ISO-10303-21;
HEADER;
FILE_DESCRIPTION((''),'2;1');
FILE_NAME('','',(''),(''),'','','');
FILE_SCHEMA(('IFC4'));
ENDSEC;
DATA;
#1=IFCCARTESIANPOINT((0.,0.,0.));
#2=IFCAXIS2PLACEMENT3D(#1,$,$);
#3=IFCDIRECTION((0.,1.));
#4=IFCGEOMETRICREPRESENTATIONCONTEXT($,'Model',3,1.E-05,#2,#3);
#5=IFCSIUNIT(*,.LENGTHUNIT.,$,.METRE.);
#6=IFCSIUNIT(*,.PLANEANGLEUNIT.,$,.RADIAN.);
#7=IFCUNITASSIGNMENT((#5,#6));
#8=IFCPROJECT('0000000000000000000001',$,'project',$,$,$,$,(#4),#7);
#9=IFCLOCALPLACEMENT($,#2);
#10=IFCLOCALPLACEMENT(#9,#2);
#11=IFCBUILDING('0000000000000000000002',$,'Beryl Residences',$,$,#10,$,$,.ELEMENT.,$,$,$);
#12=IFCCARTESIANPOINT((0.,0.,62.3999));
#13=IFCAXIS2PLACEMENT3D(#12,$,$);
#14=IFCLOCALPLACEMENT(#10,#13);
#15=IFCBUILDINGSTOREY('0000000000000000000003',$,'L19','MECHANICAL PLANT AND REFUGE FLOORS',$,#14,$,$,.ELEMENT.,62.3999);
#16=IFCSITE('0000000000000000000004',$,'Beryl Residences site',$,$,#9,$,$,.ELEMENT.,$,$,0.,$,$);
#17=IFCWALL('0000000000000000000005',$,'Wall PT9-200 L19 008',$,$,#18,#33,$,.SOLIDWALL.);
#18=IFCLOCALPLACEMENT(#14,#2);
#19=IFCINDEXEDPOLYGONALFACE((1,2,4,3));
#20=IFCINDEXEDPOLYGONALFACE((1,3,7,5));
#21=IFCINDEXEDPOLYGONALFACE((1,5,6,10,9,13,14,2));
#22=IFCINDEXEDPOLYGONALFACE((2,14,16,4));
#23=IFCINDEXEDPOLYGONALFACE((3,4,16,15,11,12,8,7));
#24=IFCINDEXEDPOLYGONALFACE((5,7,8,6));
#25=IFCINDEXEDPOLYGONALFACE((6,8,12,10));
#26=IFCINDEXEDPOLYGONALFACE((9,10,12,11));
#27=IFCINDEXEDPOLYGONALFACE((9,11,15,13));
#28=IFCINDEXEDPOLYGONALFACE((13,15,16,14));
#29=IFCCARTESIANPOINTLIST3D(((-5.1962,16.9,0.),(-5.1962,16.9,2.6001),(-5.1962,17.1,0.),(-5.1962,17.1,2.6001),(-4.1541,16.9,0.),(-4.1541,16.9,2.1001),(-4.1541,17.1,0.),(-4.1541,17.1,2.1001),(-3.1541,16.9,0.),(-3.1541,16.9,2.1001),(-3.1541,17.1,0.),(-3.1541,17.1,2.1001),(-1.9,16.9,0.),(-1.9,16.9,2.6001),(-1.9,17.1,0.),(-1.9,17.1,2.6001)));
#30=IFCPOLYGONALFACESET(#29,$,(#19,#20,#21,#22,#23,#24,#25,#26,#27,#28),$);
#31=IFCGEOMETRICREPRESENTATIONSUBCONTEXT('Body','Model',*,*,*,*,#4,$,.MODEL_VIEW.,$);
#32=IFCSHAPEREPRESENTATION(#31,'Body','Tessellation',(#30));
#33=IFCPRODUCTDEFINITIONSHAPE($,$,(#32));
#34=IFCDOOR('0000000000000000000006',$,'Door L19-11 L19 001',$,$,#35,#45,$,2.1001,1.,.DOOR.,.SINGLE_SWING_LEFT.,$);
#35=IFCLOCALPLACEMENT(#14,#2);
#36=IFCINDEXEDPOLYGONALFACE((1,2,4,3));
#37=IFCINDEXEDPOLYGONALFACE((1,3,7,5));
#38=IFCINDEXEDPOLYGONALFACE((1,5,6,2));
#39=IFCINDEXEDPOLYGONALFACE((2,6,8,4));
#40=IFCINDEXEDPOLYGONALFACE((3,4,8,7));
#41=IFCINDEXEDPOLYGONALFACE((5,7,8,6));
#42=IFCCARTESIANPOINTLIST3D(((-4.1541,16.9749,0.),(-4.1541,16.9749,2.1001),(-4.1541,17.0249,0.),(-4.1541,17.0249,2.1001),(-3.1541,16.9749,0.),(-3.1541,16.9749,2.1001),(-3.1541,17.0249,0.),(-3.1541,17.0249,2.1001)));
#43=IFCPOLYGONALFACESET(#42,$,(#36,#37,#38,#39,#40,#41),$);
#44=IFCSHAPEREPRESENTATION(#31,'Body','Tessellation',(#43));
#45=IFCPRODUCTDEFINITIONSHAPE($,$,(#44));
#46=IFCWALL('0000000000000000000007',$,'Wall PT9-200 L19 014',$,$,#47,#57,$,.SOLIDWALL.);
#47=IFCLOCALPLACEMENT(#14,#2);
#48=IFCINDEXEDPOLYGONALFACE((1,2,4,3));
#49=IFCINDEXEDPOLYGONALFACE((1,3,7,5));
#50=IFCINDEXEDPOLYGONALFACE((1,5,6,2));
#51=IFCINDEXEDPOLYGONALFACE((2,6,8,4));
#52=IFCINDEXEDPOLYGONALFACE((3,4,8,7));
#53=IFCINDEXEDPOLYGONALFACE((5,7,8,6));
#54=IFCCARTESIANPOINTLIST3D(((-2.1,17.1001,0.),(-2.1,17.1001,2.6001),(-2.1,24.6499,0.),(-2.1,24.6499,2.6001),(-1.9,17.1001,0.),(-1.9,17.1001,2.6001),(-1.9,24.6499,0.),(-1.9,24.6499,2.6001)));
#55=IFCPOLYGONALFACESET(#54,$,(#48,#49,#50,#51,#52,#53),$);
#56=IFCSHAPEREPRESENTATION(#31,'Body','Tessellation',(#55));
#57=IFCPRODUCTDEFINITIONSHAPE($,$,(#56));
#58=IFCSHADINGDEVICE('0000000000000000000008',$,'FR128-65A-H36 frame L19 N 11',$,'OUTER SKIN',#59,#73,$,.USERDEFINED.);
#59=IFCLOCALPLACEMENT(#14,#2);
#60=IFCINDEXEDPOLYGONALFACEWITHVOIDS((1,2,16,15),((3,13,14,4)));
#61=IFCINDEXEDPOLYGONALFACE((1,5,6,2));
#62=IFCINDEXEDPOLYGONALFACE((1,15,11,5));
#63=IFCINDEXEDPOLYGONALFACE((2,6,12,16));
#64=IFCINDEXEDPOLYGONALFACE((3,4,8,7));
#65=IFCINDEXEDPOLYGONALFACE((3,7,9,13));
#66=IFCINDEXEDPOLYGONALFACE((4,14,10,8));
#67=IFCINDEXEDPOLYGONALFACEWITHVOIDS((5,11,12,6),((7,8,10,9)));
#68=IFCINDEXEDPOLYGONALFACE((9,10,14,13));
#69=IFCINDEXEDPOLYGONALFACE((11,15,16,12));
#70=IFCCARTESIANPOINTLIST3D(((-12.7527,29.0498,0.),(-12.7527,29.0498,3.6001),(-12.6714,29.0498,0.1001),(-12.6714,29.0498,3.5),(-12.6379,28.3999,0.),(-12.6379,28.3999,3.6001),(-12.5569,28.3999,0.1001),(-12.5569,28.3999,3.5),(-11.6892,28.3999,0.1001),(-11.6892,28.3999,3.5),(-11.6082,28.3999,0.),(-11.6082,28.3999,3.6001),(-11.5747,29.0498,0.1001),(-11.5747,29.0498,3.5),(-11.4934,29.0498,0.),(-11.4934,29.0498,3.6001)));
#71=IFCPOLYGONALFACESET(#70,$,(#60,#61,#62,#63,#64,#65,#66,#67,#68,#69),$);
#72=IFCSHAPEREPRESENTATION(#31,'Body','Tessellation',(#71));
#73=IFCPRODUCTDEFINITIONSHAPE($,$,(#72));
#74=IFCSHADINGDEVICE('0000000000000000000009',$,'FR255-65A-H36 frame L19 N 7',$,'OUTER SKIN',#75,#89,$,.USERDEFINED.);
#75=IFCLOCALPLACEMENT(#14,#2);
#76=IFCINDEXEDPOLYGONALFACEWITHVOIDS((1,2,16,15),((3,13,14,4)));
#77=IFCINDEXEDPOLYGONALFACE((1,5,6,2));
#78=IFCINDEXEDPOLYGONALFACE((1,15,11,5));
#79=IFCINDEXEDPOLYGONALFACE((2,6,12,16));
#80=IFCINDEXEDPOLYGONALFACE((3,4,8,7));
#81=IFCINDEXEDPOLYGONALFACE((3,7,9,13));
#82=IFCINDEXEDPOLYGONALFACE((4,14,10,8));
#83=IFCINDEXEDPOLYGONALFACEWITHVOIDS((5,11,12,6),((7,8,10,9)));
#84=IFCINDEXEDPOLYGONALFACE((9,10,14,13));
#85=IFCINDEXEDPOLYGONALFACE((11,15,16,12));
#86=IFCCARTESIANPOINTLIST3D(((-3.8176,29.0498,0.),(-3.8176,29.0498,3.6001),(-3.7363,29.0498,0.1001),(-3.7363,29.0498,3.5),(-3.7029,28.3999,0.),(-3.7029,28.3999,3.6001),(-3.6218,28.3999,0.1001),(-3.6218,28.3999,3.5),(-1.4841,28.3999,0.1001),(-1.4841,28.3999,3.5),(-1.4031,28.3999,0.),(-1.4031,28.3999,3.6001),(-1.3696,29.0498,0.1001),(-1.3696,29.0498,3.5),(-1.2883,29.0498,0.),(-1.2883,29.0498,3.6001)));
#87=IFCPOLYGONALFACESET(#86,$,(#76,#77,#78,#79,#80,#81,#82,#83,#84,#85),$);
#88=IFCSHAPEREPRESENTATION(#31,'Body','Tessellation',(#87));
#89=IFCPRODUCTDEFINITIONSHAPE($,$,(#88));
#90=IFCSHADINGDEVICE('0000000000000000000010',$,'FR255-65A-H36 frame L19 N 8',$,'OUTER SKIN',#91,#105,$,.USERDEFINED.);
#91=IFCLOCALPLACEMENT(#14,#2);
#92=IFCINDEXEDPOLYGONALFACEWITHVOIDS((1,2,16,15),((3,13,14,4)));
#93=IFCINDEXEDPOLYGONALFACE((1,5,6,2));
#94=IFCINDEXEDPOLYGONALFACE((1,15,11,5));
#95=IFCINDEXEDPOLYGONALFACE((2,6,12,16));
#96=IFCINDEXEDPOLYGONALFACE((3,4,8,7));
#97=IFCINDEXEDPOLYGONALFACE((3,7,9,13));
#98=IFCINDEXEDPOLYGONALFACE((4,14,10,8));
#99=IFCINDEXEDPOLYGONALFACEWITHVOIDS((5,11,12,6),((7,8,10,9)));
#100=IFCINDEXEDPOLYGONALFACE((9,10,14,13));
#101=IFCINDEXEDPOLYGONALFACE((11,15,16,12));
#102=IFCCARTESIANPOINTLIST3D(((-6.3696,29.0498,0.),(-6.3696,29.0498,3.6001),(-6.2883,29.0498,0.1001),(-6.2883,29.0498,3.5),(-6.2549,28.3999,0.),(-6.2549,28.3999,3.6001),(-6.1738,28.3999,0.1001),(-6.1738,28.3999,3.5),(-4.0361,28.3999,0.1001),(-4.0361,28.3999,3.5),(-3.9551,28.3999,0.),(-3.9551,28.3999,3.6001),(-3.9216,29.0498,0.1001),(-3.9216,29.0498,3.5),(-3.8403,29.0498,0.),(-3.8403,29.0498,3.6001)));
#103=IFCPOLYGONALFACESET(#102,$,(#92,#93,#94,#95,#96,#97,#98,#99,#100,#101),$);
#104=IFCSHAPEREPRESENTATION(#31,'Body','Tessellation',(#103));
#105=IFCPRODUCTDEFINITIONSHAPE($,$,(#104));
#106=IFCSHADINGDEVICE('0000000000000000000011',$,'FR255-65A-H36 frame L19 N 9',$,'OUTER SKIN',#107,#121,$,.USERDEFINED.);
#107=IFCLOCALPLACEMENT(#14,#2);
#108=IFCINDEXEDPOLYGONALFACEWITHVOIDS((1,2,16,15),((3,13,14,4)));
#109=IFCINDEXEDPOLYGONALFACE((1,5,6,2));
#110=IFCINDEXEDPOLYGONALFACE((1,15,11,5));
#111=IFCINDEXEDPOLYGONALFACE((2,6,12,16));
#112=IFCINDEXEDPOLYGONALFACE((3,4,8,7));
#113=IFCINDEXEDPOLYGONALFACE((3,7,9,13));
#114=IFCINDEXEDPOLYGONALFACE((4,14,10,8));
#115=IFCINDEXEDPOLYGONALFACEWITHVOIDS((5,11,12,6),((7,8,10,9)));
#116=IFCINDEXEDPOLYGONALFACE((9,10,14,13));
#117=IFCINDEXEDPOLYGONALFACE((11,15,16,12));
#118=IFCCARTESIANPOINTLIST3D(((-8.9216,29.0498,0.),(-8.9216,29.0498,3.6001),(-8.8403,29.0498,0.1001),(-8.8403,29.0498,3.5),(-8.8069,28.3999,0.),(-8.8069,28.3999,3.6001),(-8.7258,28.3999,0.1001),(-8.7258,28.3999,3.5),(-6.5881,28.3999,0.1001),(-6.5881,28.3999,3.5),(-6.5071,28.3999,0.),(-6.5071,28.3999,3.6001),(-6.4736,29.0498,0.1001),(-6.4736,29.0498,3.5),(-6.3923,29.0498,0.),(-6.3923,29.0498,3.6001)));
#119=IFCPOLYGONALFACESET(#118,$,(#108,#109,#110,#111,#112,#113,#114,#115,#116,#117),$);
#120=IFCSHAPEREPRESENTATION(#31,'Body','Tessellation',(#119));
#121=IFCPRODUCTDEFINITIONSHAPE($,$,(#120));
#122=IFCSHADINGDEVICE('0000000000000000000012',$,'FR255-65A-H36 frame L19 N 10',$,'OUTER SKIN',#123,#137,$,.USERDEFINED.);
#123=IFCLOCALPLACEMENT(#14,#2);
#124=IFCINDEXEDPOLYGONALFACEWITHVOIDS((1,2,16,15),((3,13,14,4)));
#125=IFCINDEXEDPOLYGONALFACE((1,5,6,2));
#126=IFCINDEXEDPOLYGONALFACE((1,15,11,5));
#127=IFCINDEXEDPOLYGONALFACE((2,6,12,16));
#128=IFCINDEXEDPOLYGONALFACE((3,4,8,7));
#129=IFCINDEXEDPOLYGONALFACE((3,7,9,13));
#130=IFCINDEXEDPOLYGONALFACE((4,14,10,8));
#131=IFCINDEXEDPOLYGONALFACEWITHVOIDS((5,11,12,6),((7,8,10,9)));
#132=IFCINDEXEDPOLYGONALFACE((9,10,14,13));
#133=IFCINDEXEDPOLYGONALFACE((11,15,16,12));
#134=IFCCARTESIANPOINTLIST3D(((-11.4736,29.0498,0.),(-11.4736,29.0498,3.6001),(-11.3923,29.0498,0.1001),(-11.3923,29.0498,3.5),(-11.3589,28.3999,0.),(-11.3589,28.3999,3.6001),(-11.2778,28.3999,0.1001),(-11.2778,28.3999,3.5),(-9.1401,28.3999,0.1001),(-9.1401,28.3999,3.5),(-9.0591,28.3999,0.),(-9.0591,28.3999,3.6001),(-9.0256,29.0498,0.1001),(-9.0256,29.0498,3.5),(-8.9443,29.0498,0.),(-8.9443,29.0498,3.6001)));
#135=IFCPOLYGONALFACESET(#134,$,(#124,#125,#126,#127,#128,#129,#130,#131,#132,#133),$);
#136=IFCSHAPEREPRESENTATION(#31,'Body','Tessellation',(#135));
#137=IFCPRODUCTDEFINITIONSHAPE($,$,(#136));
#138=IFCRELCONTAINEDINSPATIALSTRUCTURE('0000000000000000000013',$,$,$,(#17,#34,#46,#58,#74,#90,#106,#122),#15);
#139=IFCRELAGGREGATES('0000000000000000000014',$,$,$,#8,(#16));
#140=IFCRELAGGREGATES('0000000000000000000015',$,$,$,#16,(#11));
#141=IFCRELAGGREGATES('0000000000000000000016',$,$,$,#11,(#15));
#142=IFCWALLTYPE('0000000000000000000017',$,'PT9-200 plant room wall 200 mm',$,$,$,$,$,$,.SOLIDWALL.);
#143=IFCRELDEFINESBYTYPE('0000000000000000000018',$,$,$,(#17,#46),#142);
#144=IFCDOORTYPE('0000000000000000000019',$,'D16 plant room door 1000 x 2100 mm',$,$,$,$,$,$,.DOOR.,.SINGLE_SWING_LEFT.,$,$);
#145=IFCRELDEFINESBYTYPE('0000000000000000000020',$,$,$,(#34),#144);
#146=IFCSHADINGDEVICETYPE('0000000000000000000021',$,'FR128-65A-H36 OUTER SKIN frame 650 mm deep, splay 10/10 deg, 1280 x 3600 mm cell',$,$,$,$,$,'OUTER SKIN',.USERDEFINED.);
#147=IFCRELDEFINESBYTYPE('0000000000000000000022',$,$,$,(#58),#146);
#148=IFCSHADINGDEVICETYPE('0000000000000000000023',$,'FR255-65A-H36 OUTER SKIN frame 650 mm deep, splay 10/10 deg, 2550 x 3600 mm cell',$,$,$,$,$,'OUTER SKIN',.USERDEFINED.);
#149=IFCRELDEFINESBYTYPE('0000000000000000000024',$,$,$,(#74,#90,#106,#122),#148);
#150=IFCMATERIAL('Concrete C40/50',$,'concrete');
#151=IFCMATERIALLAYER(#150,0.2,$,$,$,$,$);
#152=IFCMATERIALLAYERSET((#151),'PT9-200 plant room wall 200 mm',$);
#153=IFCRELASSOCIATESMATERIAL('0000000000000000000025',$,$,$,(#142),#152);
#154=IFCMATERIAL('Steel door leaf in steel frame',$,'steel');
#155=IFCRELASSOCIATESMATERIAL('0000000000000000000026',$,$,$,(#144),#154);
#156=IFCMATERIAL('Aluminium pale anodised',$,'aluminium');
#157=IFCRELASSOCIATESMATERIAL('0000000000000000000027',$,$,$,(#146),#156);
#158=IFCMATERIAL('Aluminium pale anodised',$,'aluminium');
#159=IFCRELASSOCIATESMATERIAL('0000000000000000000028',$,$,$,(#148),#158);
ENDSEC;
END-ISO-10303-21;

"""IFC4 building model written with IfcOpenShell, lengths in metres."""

from ifc_helpers import new_model, entity, si_unit, direction, frame, frame_2d, origin, place, context, subcontext, project, spatial, rectangle, extrude, source, transform, mapped, material, layer, layer_set, type_object, type_shapes, element, fill, save


model = new_model("IFC4")

# Units and contexts
model_context = context("Model", 3, precision=1e-05, world=origin(), true_north=direction((0.0, 1.0)))
body_context = subcontext(model_context, "Body", "Model", "MODEL_VIEW")
ifc_project = project(units=[si_unit("LENGTHUNIT", "METRE"), si_unit("PLANEANGLEUNIT", "RADIAN")], contexts=[model_context])

# Site, building, storey
site_placement = place(None, origin())
site = spatial("IfcSite", under=ifc_project, at=site_placement, Name="Beryl Residences site", CompositionType="ELEMENT", RefElevation=0.0)
building_placement = place(site_placement, origin())
building = spatial("IfcBuilding", under=site, at=building_placement, Name="Beryl Residences", CompositionType="ELEMENT")
storey_placement = place(building_placement, frame((0.0, 0.0, 62.3999)))
storey = spatial("IfcBuildingStorey", under=building, at=storey_placement, Name="L19", Description="MECHANICAL PLANT AND REFUGE FLOORS", CompositionType="ELEMENT", Elevation=62.3999)

# Wall, opening, door
ifc_material_1 = material(Name="Concrete C40/50", Category="concrete")
ifc_layer_1 = layer(ifc_material_1, 0.2)
ifc_layer_set_1 = layer_set([ifc_layer_1], Name="PT9-200 plant room wall 200 mm")
wall_type_1 = type_object("IfcWallType", Name="PT9-200 plant room wall 200 mm", PredefinedType="SOLIDWALL", material=ifc_layer_set_1)
wall_1_placement = place(storey_placement, frame((-5.196, 17.0, 0.0), z_axis=(0.0, 0.0, 1.0), x_axis=(1.0, 0.0, 0.0)))
wall_1 = element("IfcWall", 1, at=wall_1_placement, inside=storey, type_object=wall_type_1, Name="Wall PT9-200 L19 008", PredefinedType="SOLIDWALL", context=body_context, shape_type="SweptSolid", body=[
    extrude(rectangle(XDim=3.2961, YDim=0.2, at=frame_2d((1.6479, 0.0))), origin(), (0.0, 0.0, 1.0), 2.6001),
])
opening_1_placement = place(wall_1_placement, frame((1.042, 0.0, 0.0)))
opening_1 = element("IfcOpeningElement", 2, at=opening_1_placement, cuts=wall_1, PredefinedType="OPENING", context=body_context, shape_type="SweptSolid", body=[
    extrude(rectangle(XDim=1.0, YDim=2.1001, at=frame_2d((0.5, 1.05))), frame((0.0, 0.1099, 0.0), z_axis=(0.0, -1.0, 0.0), x_axis=(1.0, 0.0, 0.0)), (0.0, 0.0, 1.0), 0.22),
])
ifc_material_2 = material(Name="Steel door leaf in steel frame", Category="steel")
door_type_1 = type_object("IfcDoorType", Name="D16 plant room door 1000 x 2100 mm", OperationType="SINGLE_SWING_LEFT", PredefinedType="DOOR", material=ifc_material_2)
door_1_placement = place(opening_1_placement, origin())
door_1 = element("IfcDoor", 3, at=door_1_placement, inside=storey, type_object=door_type_1, Name="Door L19-11 L19 001", OperationType="SINGLE_SWING_LEFT", OverallHeight=2.1001, OverallWidth=1.0, PredefinedType="DOOR", context=body_context, shape_type="SweptSolid", body=[
    extrude(rectangle(XDim=1.0, YDim=2.1001, at=frame_2d((0.5, 1.05))), frame((0.0, 0.0249, 0.0), z_axis=(0.0, -1.0, 0.0), x_axis=(1.0, 0.0, 0.0)), (0.0, 0.0, 1.0), 0.05),
])
fill(opening_1, door_1)

# Wall
wall_2_placement = place(storey_placement, frame((-2.0, 17.1001, 0.0), z_axis=(0.0, 0.0, 1.0), x_axis=(0.0, 1.0, 0.0)))
element("IfcWall", 4, at=wall_2_placement, inside=storey, type_object=wall_type_1, Name="Wall PT9-200 L19 014", PredefinedType="SOLIDWALL", context=body_context, shape_type="SweptSolid", body=[
    extrude(rectangle(XDim=7.5498, YDim=0.2, at=frame_2d((3.7749, 0.0))), origin(), (0.0, 0.0, 1.0), 2.6001),
])

# Shading devices
ifc_material_3 = material(Name="Aluminium pale anodised", Category="aluminium")
shading_device_type_1 = type_object("IfcShadingDeviceType", Name="FR128-65A-H36 OUTER SKIN frame 650 mm deep, splay 10/10 deg, 1280 x 3600 mm cell", ElementType="OUTER SKIN", PredefinedType="USERDEFINED", material=ifc_material_3)
cartesian_point_1 = entity("IfcCartesianPoint", [-0.5149, 0.0])
cartesian_point_2 = entity("IfcCartesianPoint", [-0.4338, 0.1001])
cartesian_point_3 = entity("IfcCartesianPoint", [-0.6296, 0.0])
cartesian_point_4 = entity("IfcCartesianPoint", [-0.5483, 0.1001])
shared_shape_1 = source(origin(), body_context, "Body", "SweptSolid", [
    entity("IfcExtrudedAreaSolidTapered", entity("IfcArbitraryProfileDefWithVoids", "AREA", None, entity("IfcPolyline", [cartesian_point_1, entity("IfcCartesianPoint", [0.5149, 0.0]), entity("IfcCartesianPoint", [0.5149, 3.6001]), entity("IfcCartesianPoint", [-0.5149, 3.6001]), cartesian_point_1]), [entity("IfcPolyline", [cartesian_point_2, entity("IfcCartesianPoint", [0.4338, 0.1001]), entity("IfcCartesianPoint", [0.4338, 3.5]), entity("IfcCartesianPoint", [-0.4338, 3.5]), cartesian_point_2])]), entity("IfcAxis2Placement3D", entity("IfcCartesianPoint", [0.0, 0.0, 0.0]), entity("IfcDirection", [0.0, 1.0, 0.0]), entity("IfcDirection", [-1.0, 0.0, 0.0])), entity("IfcDirection", [0.0, 0.0, 1.0]), 0.6499, entity("IfcArbitraryProfileDefWithVoids", "AREA", None, entity("IfcPolyline", [cartesian_point_3, entity("IfcCartesianPoint", [0.6296, 0.0]), entity("IfcCartesianPoint", [0.6296, 3.6001]), entity("IfcCartesianPoint", [-0.6296, 3.6001]), cartesian_point_3]), [entity("IfcPolyline", [cartesian_point_4, entity("IfcCartesianPoint", [0.5483, 0.1001]), entity("IfcCartesianPoint", [0.5483, 3.5]), entity("IfcCartesianPoint", [-0.5483, 3.5]), cartesian_point_4])])),
])
type_shapes(shading_device_type_1, [shared_shape_1])
shading_device_placement = place(storey_placement, frame((-12.123, 28.3999, 0.0), z_axis=(0.0, 0.0, 1.0), x_axis=(1.0, 0.0, 0.0)))
element("IfcShadingDevice", 5, at=shading_device_placement, inside=storey, type_object=shading_device_type_1, Name="FR128-65A-H36 frame L19 N 11", ObjectType="OUTER SKIN", PredefinedType="USERDEFINED", context=body_context, shape_type="MappedRepresentation", body=[
    mapped(shared_shape_1, transform((0.0, 0.0, 0.0))),
])
ifc_material_4 = material(Name="Aluminium pale anodised", Category="aluminium")
shading_device_type_2 = type_object("IfcShadingDeviceType", Name="FR255-65A-H36 OUTER SKIN frame 650 mm deep, splay 10/10 deg, 2550 x 3600 mm cell", ElementType="OUTER SKIN", PredefinedType="USERDEFINED", material=ifc_material_4)
cartesian_point_5 = entity("IfcCartesianPoint", [-1.1499, 0.0])
cartesian_point_6 = entity("IfcCartesianPoint", [-1.0688, 0.1001])
cartesian_point_7 = entity("IfcCartesianPoint", [-1.2646, 0.0])
cartesian_point_8 = entity("IfcCartesianPoint", [-1.1833, 0.1001])
shared_shape_2 = source(origin(), body_context, "Body", "SweptSolid", [
    entity("IfcExtrudedAreaSolidTapered", entity("IfcArbitraryProfileDefWithVoids", "AREA", None, entity("IfcPolyline", [cartesian_point_5, entity("IfcCartesianPoint", [1.1499, 0.0]), entity("IfcCartesianPoint", [1.1499, 3.6001]), entity("IfcCartesianPoint", [-1.1499, 3.6001]), cartesian_point_5]), [entity("IfcPolyline", [cartesian_point_6, entity("IfcCartesianPoint", [1.0688, 0.1001]), entity("IfcCartesianPoint", [1.0688, 3.5]), entity("IfcCartesianPoint", [-1.0688, 3.5]), cartesian_point_6])]), entity("IfcAxis2Placement3D", entity("IfcCartesianPoint", [0.0, 0.0, 0.0]), entity("IfcDirection", [0.0, 1.0, 0.0]), entity("IfcDirection", [-1.0, 0.0, 0.0])), entity("IfcDirection", [0.0, 0.0, 1.0]), 0.6499, entity("IfcArbitraryProfileDefWithVoids", "AREA", None, entity("IfcPolyline", [cartesian_point_7, entity("IfcCartesianPoint", [1.2646, 0.0]), entity("IfcCartesianPoint", [1.2646, 3.6001]), entity("IfcCartesianPoint", [-1.2646, 3.6001]), cartesian_point_7]), [entity("IfcPolyline", [cartesian_point_8, entity("IfcCartesianPoint", [1.1833, 0.1001]), entity("IfcCartesianPoint", [1.1833, 3.5]), entity("IfcCartesianPoint", [-1.1833, 3.5]), cartesian_point_8])])),
])
type_shapes(shading_device_type_2, [shared_shape_2])
for number, where, z_axis, x_axis, name in (
    (6, (-2.553, 28.3999, 0.0), (0.0, 0.0, 1.0), (1.0, 0.0, 0.0), "FR255-65A-H36 frame L19 N 7"),
    (7, (-5.105, 28.3999, 0.0), (0.0, 0.0, 1.0), (1.0, 0.0, 0.0), "FR255-65A-H36 frame L19 N 8"),
    (8, (-7.657, 28.3999, 0.0), (0.0, 0.0, 1.0), (1.0, 0.0, 0.0), "FR255-65A-H36 frame L19 N 9"),
    (9, (-10.209, 28.3999, 0.0), (0.0, 0.0, 1.0), (1.0, 0.0, 0.0), "FR255-65A-H36 frame L19 N 10"),
):
    element("IfcShadingDevice", number, at=place(storey_placement, frame(where, z_axis=z_axis, x_axis=x_axis)), inside=storey, type_object=shading_device_type_2, Name=name, ObjectType="OUTER SKIN", PredefinedType="USERDEFINED", context=body_context, shape_type="MappedRepresentation", body=[
        mapped(shared_shape_2, transform((0.0, 0.0, 0.0))),
    ])

save(model, "model.ifc")
